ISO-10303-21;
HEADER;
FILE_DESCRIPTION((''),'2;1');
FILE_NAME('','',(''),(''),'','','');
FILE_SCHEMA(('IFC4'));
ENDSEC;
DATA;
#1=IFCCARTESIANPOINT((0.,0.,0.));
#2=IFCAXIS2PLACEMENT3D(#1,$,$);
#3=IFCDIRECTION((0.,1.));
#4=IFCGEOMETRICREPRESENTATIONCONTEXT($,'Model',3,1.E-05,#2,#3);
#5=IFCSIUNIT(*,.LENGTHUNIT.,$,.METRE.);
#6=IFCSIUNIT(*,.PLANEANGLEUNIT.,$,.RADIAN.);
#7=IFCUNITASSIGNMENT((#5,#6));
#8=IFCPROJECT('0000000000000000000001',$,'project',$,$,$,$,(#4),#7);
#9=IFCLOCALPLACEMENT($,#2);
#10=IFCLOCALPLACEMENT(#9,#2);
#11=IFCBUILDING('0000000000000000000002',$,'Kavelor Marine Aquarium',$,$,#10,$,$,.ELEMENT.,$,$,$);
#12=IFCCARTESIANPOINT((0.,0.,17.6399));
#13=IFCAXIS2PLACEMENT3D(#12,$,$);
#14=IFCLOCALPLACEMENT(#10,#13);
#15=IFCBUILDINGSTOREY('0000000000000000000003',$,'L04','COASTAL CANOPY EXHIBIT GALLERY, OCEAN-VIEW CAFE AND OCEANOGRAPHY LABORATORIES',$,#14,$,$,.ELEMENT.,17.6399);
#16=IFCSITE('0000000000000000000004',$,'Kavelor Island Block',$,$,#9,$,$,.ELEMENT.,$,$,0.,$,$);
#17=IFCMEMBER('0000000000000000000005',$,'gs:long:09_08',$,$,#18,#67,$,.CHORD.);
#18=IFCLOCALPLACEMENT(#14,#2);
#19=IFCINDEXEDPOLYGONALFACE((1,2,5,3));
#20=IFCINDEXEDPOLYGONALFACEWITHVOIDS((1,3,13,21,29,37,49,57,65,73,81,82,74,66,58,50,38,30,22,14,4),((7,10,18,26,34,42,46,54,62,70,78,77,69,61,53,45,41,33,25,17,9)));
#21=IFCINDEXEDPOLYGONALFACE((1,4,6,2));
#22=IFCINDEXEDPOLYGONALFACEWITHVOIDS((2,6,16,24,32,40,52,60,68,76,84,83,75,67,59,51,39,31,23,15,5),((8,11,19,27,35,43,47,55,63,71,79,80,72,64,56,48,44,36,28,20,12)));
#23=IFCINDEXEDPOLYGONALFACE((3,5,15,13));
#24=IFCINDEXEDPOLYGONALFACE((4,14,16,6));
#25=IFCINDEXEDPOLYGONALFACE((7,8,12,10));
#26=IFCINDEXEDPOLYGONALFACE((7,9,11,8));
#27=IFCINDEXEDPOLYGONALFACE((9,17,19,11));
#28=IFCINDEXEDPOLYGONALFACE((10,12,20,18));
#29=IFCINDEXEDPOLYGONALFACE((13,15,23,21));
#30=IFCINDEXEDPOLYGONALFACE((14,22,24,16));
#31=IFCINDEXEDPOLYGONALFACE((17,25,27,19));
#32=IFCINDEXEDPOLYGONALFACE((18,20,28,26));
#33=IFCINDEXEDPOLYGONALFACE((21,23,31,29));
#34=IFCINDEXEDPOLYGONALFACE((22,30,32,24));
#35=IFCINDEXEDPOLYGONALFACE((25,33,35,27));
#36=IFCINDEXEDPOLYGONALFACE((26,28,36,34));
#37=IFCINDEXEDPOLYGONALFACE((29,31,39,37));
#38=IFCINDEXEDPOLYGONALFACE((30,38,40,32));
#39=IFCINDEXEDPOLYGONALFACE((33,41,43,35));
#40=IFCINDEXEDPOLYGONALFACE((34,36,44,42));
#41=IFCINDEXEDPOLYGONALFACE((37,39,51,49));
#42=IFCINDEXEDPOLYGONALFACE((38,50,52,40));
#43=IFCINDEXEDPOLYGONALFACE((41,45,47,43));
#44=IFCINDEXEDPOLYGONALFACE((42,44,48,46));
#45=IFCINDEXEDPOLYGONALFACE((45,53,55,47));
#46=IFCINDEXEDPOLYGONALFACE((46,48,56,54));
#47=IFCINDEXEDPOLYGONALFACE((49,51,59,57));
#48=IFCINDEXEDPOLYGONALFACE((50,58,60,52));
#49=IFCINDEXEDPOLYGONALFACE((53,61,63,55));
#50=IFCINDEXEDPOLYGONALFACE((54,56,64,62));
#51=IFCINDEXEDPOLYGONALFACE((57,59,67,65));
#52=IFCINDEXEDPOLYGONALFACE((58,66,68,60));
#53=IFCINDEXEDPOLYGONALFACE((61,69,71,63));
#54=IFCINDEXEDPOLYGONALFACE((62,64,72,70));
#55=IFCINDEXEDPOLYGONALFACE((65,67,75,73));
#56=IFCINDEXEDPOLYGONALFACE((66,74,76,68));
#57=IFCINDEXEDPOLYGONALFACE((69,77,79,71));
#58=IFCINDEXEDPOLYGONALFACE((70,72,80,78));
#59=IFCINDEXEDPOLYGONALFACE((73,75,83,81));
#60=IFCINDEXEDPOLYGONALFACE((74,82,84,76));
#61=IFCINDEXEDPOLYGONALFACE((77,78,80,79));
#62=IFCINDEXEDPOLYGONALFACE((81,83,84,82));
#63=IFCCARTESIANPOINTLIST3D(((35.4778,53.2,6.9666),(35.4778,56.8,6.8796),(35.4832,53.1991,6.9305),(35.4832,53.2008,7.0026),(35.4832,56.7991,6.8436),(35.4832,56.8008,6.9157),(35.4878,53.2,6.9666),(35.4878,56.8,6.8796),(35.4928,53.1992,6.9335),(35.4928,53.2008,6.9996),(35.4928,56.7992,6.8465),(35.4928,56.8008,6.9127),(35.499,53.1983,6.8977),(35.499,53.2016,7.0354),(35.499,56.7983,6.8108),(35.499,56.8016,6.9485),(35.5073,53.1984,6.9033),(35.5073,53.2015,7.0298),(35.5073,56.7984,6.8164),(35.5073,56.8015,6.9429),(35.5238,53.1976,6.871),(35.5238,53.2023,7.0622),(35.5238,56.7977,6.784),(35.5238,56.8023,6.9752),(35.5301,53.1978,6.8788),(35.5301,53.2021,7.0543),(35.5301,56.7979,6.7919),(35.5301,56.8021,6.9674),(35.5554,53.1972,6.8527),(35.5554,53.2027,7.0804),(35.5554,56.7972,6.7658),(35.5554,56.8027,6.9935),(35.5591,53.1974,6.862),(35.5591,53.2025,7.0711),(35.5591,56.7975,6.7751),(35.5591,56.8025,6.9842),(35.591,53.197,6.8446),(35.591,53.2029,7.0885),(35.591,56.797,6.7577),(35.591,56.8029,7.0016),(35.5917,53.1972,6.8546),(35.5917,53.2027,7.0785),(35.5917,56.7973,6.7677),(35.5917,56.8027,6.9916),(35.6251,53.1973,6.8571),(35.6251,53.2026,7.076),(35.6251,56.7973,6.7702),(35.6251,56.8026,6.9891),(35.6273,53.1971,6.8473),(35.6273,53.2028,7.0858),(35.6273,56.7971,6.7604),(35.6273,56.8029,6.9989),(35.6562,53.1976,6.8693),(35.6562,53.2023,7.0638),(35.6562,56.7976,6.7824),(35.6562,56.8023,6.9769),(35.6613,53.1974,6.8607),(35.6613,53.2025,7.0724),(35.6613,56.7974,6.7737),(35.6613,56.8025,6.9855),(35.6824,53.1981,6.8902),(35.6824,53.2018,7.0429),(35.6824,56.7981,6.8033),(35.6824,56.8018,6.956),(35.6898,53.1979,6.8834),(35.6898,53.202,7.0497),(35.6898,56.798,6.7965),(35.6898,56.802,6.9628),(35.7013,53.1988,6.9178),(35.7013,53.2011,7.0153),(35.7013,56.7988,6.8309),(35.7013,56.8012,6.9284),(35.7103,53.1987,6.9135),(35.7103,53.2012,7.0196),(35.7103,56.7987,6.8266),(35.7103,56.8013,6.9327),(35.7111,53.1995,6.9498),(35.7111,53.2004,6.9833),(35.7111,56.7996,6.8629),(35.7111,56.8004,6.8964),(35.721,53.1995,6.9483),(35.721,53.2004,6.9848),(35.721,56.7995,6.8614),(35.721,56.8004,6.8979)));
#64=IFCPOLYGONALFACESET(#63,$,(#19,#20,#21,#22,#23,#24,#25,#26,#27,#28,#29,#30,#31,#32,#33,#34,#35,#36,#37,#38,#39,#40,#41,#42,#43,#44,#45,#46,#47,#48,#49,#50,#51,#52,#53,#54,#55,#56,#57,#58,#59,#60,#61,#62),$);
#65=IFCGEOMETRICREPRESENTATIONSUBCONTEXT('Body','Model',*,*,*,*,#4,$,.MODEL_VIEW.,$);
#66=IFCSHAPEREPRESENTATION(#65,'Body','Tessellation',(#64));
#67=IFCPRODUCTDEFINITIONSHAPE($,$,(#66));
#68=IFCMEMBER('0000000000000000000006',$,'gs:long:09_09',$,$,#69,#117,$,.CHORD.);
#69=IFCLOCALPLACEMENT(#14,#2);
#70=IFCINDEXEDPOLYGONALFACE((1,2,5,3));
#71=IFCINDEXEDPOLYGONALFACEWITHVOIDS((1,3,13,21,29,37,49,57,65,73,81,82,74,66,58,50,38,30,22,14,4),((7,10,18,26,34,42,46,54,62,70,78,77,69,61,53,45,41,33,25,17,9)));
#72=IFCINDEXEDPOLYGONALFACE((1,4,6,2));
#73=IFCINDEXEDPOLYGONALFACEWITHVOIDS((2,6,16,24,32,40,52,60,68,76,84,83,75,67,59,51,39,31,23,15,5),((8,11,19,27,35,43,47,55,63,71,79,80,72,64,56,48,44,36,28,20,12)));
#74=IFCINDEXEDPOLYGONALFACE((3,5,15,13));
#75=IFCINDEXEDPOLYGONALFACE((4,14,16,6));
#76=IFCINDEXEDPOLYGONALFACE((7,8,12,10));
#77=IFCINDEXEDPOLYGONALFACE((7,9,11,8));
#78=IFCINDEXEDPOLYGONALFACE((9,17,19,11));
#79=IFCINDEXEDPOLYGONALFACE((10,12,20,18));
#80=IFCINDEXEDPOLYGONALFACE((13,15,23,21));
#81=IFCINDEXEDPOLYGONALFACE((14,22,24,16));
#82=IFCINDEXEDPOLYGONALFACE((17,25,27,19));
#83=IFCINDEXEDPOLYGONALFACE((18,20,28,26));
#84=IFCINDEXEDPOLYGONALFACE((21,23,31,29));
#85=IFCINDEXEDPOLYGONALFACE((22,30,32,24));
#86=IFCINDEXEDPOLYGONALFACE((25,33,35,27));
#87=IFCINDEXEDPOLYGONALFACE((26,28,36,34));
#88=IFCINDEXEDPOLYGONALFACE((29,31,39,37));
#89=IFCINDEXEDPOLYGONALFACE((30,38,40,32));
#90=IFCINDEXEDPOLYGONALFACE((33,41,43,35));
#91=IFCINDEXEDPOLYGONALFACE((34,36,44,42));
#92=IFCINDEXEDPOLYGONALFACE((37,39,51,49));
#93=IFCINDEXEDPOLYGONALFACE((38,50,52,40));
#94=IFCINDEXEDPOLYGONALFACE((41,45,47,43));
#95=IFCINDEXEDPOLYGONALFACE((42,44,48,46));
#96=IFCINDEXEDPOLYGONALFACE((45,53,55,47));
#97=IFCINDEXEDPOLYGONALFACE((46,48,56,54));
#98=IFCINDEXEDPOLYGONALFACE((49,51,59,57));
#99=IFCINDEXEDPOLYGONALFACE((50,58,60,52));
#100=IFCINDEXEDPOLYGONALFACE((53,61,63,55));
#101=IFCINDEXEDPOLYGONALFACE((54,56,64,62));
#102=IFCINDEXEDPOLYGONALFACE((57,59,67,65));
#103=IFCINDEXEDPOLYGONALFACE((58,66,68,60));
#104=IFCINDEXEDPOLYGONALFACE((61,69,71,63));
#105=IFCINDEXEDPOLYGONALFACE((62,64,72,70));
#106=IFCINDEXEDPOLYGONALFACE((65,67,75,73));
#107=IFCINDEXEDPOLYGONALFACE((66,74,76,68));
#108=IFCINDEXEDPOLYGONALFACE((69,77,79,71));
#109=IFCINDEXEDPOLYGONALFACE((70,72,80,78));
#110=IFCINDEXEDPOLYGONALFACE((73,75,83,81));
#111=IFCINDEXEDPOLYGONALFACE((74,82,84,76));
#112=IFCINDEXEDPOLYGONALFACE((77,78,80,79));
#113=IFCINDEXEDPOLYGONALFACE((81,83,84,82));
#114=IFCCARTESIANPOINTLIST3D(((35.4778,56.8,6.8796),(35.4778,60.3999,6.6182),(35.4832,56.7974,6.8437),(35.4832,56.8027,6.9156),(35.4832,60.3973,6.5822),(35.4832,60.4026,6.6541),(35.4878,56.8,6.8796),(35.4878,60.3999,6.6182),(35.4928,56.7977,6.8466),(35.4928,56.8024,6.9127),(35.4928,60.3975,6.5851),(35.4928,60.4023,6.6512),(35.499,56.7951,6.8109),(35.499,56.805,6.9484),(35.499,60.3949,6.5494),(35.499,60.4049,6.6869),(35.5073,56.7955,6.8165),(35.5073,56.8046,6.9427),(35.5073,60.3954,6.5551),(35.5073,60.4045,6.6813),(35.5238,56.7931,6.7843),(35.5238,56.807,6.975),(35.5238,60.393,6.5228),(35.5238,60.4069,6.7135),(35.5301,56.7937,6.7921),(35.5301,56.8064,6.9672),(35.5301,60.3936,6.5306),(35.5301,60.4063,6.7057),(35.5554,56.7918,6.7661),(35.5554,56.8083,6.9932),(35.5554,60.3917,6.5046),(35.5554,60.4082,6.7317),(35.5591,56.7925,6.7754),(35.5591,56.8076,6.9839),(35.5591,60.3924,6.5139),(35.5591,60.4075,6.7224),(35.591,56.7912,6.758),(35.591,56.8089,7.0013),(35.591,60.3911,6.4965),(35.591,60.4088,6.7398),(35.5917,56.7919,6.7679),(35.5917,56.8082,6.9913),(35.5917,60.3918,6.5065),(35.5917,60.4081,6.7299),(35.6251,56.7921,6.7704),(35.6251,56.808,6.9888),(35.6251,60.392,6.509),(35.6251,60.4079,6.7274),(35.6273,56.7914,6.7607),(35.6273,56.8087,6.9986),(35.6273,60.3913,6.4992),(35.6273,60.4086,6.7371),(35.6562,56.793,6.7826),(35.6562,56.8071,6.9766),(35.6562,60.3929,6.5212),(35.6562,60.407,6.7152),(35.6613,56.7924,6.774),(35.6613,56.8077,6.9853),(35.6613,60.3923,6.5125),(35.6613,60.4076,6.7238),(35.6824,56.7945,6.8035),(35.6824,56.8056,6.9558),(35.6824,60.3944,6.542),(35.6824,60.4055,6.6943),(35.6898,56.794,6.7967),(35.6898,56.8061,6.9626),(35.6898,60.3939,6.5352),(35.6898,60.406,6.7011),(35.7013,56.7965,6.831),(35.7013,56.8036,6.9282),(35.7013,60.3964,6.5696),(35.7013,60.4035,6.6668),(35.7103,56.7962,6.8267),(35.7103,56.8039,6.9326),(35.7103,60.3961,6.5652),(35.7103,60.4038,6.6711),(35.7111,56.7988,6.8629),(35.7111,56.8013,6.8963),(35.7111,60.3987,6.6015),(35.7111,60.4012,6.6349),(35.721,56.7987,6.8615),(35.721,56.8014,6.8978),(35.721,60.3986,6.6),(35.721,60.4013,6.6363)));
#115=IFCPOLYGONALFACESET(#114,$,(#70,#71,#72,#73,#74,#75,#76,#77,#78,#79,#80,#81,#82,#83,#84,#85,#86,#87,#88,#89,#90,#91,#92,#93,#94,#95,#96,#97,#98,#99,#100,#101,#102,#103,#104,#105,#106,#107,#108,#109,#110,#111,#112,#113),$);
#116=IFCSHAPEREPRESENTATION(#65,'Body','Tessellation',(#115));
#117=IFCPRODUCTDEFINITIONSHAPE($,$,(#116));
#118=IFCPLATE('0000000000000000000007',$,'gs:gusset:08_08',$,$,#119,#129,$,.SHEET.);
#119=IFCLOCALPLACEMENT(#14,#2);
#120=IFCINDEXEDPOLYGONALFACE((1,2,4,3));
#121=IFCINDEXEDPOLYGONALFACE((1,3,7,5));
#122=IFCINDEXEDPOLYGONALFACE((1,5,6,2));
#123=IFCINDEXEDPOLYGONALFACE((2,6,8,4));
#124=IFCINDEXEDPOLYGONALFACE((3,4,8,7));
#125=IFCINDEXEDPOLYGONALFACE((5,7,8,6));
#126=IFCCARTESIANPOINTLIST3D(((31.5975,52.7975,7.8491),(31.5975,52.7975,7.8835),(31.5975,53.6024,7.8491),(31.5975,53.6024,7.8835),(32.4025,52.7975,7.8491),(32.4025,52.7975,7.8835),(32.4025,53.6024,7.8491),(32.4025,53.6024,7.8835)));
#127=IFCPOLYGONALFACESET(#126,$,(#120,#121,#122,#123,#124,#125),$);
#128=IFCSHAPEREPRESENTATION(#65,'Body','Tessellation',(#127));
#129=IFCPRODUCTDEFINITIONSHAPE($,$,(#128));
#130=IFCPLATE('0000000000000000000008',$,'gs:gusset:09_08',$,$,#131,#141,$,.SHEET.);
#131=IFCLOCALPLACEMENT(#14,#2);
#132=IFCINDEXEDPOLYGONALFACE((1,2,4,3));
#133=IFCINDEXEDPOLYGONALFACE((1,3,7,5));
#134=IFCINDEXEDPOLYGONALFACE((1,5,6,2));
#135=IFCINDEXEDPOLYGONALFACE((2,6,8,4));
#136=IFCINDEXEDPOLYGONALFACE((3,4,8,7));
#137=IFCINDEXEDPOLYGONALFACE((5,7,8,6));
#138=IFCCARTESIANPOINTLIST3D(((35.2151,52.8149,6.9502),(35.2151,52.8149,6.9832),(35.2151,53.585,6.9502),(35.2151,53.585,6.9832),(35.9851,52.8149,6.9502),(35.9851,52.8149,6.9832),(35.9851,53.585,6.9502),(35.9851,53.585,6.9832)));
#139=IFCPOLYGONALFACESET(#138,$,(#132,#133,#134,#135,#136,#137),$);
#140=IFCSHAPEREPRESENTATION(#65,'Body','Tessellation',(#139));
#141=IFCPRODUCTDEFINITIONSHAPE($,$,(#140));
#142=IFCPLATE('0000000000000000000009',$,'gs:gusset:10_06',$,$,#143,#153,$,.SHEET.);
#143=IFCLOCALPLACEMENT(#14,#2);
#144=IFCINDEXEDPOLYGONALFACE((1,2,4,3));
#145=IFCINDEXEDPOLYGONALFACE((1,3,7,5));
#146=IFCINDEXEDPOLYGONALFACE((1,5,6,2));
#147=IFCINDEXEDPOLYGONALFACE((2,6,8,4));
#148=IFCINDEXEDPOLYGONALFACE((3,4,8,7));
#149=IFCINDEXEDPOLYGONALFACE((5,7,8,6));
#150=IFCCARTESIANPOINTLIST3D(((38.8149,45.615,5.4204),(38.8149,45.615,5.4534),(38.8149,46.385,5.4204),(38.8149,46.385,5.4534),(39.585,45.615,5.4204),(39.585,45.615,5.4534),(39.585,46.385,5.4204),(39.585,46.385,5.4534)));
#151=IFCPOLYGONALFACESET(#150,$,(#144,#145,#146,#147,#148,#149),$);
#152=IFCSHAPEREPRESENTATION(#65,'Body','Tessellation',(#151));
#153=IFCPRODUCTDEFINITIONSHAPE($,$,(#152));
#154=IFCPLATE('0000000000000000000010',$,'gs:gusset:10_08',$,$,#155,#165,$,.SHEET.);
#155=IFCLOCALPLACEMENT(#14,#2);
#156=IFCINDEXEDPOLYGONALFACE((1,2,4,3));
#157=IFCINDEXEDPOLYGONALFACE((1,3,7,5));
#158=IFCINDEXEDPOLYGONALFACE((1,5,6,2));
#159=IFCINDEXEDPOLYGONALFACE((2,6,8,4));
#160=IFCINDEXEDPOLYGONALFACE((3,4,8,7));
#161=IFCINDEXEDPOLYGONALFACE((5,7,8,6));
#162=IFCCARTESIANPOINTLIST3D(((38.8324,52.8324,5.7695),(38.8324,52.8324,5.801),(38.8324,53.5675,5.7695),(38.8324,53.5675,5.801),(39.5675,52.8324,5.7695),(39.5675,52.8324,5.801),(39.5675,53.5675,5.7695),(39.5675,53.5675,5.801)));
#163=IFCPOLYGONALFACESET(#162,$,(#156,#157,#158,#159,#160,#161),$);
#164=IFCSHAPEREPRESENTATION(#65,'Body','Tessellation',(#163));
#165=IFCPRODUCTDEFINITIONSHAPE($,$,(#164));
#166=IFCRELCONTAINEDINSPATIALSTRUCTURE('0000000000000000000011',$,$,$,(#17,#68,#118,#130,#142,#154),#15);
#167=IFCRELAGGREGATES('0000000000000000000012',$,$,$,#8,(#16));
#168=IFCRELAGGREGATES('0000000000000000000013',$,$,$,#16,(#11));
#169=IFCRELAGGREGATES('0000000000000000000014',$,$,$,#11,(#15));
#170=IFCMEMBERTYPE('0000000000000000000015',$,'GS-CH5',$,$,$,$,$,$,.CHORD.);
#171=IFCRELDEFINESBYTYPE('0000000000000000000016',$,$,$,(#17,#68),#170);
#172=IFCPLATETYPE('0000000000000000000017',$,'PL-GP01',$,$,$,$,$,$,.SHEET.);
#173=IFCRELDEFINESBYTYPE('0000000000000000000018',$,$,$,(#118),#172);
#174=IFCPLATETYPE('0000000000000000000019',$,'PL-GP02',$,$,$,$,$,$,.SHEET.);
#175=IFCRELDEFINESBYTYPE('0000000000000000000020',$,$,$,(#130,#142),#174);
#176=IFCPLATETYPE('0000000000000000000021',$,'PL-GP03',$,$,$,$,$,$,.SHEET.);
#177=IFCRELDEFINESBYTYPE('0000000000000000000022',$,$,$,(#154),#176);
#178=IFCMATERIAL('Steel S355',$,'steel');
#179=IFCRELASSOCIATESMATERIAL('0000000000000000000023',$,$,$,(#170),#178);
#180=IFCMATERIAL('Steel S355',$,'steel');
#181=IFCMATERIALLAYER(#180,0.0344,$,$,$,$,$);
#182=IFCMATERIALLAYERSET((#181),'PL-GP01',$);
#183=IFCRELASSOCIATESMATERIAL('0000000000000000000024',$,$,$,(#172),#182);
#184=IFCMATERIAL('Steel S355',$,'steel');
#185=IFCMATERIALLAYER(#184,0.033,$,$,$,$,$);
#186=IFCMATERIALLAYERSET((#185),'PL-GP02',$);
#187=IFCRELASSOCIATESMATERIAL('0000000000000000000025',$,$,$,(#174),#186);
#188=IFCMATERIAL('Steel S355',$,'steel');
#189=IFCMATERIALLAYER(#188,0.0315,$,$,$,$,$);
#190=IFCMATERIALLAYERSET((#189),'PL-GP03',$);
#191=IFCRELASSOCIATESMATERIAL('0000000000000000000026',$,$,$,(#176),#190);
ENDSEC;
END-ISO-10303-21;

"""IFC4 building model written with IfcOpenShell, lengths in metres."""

from ifc_helpers import new_model, si_unit, direction, frame, origin, origin_2d, place, context, subcontext, project, spatial, rectangle, hollow_circle, extrude, material, layer, layer_set, material_profile, profile_set, type_object, element, save


model = new_model("IFC4")

# Units and contexts
model_context = context("Model", 3, precision=1e-05, world=origin(), true_north=direction((0.0, 1.0)))
body_context = subcontext(model_context, "Body", "Model", "MODEL_VIEW")
ifc_project = project(units=[si_unit("LENGTHUNIT", "METRE"), si_unit("PLANEANGLEUNIT", "RADIAN")], contexts=[model_context])

# Site, building, storey
site_placement = place(None, origin())
site = spatial("IfcSite", under=ifc_project, at=site_placement, Name="Kavelor Island Block", CompositionType="ELEMENT", RefElevation=0.0)
building_placement = place(site_placement, origin())
building = spatial("IfcBuilding", under=site, at=building_placement, Name="Kavelor Marine Aquarium", CompositionType="ELEMENT")
storey_placement = place(building_placement, frame((0.0, 0.0, 17.6399)))
storey = spatial("IfcBuildingStorey", under=building, at=storey_placement, Name="L04", Description="COASTAL CANOPY EXHIBIT GALLERY, OCEAN-VIEW CAFE AND OCEANOGRAPHY LABORATORIES", CompositionType="ELEMENT", Elevation=17.6399)

# Members
ifc_material_1 = material(Name="Steel S355", Category="steel")
ifc_material_profile_1 = material_profile(ifc_material_1, hollow_circle(Radius=0.1223, WallThickness=0.01, at=origin_2d()), Name="CHS 244.5x10.0")
ifc_profile_set_1 = profile_set([ifc_material_profile_1], Name="Steel S355")
member_type_1 = type_object("IfcMemberType", Name="GS-CH5", PredefinedType="CHORD", material=ifc_profile_set_1)
member_1_placement = place(storey_placement, frame((35.6001, 53.2, 6.9666), z_axis=(0.0, 0.999709, -0.024135), x_axis=(-1.0, 0.0, 0.0)))
element("IfcMember", 1, at=member_1_placement, inside=storey, type_object=member_type_1, Name="gs:long:09_08", PredefinedType="CHORD", context=body_context, shape_type="SweptSolid", body=[
    extrude(hollow_circle(Radius=0.1223, WallThickness=0.01, at=origin_2d()), origin(), (0.0, 0.0, 1.0), 3.6011),
])
member_2_placement = place(storey_placement, frame((35.6001, 56.8, 6.8796), z_axis=(0.0, 0.997372, -0.072444), x_axis=(-1.0, 0.0, 0.0)))
element("IfcMember", 2, at=member_2_placement, inside=storey, type_object=member_type_1, Name="gs:long:09_09", PredefinedType="CHORD", context=body_context, shape_type="SweptSolid", body=[
    extrude(hollow_circle(Radius=0.1223, WallThickness=0.01, at=origin_2d()), origin(), (0.0, 0.0, 1.0), 3.6094),
])

# Plates
ifc_material_2 = material(Name="Steel S355", Category="steel")
ifc_layer_1 = layer(ifc_material_2, 0.0344)
ifc_layer_set_1 = layer_set([ifc_layer_1], Name="PL-GP01")
plate_type_1 = type_object("IfcPlateType", Name="PL-GP01", PredefinedType="SHEET", material=ifc_layer_set_1)
plate_1_placement = place(storey_placement, frame((32.0, 53.2, 7.8491), z_axis=(0.0, 0.0, 1.0), x_axis=(1.0, 0.0, 0.0)))
element("IfcPlate", 3, at=plate_1_placement, inside=storey, type_object=plate_type_1, Name="gs:gusset:08_08", PredefinedType="SHEET", context=body_context, shape_type="SweptSolid", body=[
    extrude(rectangle(XDim=0.8049, YDim=0.8049, at=origin_2d()), origin(), (0.0, 0.0, 1.0), 0.0344),
])
ifc_material_3 = material(Name="Steel S355", Category="steel")
ifc_layer_2 = layer(ifc_material_3, 0.033)
ifc_layer_set_2 = layer_set([ifc_layer_2], Name="PL-GP02")
plate_type_2 = type_object("IfcPlateType", Name="PL-GP02", PredefinedType="SHEET", material=ifc_layer_set_2)
for number, where, z_axis, x_axis, name in (
    (4, (35.6001, 53.2, 6.9502), (0.0, 0.0, 1.0), (1.0, 0.0, 0.0), "gs:gusset:09_08"),
    (5, (39.2, 46.0, 5.4204), (0.0, 0.0, 1.0), (1.0, 0.0, 0.0), "gs:gusset:10_06"),
):
    element("IfcPlate", number, at=place(storey_placement, frame(where, z_axis=z_axis, x_axis=x_axis)), inside=storey, type_object=plate_type_2, Name=name, PredefinedType="SHEET", context=body_context, shape_type="SweptSolid", body=[
        extrude(rectangle(XDim=0.77, YDim=0.77, at=origin_2d()), origin(), (0.0, 0.0, 1.0), 0.033),
    ])
ifc_material_4 = material(Name="Steel S355", Category="steel")
ifc_layer_3 = layer(ifc_material_4, 0.0315)
ifc_layer_set_3 = layer_set([ifc_layer_3], Name="PL-GP03")
plate_type_3 = type_object("IfcPlateType", Name="PL-GP03", PredefinedType="SHEET", material=ifc_layer_set_3)
plate_2_placement = place(storey_placement, frame((39.2, 53.2, 5.7695), z_axis=(0.0, 0.0, 1.0), x_axis=(1.0, 0.0, 0.0)))
element("IfcPlate", 6, at=plate_2_placement, inside=storey, type_object=plate_type_3, Name="gs:gusset:10_08", PredefinedType="SHEET", context=body_context, shape_type="SweptSolid", body=[
    extrude(rectangle(XDim=0.7351, YDim=0.7351, at=origin_2d()), origin(), (0.0, 0.0, 1.0), 0.0315),
])

save(model, "model.ifc")
